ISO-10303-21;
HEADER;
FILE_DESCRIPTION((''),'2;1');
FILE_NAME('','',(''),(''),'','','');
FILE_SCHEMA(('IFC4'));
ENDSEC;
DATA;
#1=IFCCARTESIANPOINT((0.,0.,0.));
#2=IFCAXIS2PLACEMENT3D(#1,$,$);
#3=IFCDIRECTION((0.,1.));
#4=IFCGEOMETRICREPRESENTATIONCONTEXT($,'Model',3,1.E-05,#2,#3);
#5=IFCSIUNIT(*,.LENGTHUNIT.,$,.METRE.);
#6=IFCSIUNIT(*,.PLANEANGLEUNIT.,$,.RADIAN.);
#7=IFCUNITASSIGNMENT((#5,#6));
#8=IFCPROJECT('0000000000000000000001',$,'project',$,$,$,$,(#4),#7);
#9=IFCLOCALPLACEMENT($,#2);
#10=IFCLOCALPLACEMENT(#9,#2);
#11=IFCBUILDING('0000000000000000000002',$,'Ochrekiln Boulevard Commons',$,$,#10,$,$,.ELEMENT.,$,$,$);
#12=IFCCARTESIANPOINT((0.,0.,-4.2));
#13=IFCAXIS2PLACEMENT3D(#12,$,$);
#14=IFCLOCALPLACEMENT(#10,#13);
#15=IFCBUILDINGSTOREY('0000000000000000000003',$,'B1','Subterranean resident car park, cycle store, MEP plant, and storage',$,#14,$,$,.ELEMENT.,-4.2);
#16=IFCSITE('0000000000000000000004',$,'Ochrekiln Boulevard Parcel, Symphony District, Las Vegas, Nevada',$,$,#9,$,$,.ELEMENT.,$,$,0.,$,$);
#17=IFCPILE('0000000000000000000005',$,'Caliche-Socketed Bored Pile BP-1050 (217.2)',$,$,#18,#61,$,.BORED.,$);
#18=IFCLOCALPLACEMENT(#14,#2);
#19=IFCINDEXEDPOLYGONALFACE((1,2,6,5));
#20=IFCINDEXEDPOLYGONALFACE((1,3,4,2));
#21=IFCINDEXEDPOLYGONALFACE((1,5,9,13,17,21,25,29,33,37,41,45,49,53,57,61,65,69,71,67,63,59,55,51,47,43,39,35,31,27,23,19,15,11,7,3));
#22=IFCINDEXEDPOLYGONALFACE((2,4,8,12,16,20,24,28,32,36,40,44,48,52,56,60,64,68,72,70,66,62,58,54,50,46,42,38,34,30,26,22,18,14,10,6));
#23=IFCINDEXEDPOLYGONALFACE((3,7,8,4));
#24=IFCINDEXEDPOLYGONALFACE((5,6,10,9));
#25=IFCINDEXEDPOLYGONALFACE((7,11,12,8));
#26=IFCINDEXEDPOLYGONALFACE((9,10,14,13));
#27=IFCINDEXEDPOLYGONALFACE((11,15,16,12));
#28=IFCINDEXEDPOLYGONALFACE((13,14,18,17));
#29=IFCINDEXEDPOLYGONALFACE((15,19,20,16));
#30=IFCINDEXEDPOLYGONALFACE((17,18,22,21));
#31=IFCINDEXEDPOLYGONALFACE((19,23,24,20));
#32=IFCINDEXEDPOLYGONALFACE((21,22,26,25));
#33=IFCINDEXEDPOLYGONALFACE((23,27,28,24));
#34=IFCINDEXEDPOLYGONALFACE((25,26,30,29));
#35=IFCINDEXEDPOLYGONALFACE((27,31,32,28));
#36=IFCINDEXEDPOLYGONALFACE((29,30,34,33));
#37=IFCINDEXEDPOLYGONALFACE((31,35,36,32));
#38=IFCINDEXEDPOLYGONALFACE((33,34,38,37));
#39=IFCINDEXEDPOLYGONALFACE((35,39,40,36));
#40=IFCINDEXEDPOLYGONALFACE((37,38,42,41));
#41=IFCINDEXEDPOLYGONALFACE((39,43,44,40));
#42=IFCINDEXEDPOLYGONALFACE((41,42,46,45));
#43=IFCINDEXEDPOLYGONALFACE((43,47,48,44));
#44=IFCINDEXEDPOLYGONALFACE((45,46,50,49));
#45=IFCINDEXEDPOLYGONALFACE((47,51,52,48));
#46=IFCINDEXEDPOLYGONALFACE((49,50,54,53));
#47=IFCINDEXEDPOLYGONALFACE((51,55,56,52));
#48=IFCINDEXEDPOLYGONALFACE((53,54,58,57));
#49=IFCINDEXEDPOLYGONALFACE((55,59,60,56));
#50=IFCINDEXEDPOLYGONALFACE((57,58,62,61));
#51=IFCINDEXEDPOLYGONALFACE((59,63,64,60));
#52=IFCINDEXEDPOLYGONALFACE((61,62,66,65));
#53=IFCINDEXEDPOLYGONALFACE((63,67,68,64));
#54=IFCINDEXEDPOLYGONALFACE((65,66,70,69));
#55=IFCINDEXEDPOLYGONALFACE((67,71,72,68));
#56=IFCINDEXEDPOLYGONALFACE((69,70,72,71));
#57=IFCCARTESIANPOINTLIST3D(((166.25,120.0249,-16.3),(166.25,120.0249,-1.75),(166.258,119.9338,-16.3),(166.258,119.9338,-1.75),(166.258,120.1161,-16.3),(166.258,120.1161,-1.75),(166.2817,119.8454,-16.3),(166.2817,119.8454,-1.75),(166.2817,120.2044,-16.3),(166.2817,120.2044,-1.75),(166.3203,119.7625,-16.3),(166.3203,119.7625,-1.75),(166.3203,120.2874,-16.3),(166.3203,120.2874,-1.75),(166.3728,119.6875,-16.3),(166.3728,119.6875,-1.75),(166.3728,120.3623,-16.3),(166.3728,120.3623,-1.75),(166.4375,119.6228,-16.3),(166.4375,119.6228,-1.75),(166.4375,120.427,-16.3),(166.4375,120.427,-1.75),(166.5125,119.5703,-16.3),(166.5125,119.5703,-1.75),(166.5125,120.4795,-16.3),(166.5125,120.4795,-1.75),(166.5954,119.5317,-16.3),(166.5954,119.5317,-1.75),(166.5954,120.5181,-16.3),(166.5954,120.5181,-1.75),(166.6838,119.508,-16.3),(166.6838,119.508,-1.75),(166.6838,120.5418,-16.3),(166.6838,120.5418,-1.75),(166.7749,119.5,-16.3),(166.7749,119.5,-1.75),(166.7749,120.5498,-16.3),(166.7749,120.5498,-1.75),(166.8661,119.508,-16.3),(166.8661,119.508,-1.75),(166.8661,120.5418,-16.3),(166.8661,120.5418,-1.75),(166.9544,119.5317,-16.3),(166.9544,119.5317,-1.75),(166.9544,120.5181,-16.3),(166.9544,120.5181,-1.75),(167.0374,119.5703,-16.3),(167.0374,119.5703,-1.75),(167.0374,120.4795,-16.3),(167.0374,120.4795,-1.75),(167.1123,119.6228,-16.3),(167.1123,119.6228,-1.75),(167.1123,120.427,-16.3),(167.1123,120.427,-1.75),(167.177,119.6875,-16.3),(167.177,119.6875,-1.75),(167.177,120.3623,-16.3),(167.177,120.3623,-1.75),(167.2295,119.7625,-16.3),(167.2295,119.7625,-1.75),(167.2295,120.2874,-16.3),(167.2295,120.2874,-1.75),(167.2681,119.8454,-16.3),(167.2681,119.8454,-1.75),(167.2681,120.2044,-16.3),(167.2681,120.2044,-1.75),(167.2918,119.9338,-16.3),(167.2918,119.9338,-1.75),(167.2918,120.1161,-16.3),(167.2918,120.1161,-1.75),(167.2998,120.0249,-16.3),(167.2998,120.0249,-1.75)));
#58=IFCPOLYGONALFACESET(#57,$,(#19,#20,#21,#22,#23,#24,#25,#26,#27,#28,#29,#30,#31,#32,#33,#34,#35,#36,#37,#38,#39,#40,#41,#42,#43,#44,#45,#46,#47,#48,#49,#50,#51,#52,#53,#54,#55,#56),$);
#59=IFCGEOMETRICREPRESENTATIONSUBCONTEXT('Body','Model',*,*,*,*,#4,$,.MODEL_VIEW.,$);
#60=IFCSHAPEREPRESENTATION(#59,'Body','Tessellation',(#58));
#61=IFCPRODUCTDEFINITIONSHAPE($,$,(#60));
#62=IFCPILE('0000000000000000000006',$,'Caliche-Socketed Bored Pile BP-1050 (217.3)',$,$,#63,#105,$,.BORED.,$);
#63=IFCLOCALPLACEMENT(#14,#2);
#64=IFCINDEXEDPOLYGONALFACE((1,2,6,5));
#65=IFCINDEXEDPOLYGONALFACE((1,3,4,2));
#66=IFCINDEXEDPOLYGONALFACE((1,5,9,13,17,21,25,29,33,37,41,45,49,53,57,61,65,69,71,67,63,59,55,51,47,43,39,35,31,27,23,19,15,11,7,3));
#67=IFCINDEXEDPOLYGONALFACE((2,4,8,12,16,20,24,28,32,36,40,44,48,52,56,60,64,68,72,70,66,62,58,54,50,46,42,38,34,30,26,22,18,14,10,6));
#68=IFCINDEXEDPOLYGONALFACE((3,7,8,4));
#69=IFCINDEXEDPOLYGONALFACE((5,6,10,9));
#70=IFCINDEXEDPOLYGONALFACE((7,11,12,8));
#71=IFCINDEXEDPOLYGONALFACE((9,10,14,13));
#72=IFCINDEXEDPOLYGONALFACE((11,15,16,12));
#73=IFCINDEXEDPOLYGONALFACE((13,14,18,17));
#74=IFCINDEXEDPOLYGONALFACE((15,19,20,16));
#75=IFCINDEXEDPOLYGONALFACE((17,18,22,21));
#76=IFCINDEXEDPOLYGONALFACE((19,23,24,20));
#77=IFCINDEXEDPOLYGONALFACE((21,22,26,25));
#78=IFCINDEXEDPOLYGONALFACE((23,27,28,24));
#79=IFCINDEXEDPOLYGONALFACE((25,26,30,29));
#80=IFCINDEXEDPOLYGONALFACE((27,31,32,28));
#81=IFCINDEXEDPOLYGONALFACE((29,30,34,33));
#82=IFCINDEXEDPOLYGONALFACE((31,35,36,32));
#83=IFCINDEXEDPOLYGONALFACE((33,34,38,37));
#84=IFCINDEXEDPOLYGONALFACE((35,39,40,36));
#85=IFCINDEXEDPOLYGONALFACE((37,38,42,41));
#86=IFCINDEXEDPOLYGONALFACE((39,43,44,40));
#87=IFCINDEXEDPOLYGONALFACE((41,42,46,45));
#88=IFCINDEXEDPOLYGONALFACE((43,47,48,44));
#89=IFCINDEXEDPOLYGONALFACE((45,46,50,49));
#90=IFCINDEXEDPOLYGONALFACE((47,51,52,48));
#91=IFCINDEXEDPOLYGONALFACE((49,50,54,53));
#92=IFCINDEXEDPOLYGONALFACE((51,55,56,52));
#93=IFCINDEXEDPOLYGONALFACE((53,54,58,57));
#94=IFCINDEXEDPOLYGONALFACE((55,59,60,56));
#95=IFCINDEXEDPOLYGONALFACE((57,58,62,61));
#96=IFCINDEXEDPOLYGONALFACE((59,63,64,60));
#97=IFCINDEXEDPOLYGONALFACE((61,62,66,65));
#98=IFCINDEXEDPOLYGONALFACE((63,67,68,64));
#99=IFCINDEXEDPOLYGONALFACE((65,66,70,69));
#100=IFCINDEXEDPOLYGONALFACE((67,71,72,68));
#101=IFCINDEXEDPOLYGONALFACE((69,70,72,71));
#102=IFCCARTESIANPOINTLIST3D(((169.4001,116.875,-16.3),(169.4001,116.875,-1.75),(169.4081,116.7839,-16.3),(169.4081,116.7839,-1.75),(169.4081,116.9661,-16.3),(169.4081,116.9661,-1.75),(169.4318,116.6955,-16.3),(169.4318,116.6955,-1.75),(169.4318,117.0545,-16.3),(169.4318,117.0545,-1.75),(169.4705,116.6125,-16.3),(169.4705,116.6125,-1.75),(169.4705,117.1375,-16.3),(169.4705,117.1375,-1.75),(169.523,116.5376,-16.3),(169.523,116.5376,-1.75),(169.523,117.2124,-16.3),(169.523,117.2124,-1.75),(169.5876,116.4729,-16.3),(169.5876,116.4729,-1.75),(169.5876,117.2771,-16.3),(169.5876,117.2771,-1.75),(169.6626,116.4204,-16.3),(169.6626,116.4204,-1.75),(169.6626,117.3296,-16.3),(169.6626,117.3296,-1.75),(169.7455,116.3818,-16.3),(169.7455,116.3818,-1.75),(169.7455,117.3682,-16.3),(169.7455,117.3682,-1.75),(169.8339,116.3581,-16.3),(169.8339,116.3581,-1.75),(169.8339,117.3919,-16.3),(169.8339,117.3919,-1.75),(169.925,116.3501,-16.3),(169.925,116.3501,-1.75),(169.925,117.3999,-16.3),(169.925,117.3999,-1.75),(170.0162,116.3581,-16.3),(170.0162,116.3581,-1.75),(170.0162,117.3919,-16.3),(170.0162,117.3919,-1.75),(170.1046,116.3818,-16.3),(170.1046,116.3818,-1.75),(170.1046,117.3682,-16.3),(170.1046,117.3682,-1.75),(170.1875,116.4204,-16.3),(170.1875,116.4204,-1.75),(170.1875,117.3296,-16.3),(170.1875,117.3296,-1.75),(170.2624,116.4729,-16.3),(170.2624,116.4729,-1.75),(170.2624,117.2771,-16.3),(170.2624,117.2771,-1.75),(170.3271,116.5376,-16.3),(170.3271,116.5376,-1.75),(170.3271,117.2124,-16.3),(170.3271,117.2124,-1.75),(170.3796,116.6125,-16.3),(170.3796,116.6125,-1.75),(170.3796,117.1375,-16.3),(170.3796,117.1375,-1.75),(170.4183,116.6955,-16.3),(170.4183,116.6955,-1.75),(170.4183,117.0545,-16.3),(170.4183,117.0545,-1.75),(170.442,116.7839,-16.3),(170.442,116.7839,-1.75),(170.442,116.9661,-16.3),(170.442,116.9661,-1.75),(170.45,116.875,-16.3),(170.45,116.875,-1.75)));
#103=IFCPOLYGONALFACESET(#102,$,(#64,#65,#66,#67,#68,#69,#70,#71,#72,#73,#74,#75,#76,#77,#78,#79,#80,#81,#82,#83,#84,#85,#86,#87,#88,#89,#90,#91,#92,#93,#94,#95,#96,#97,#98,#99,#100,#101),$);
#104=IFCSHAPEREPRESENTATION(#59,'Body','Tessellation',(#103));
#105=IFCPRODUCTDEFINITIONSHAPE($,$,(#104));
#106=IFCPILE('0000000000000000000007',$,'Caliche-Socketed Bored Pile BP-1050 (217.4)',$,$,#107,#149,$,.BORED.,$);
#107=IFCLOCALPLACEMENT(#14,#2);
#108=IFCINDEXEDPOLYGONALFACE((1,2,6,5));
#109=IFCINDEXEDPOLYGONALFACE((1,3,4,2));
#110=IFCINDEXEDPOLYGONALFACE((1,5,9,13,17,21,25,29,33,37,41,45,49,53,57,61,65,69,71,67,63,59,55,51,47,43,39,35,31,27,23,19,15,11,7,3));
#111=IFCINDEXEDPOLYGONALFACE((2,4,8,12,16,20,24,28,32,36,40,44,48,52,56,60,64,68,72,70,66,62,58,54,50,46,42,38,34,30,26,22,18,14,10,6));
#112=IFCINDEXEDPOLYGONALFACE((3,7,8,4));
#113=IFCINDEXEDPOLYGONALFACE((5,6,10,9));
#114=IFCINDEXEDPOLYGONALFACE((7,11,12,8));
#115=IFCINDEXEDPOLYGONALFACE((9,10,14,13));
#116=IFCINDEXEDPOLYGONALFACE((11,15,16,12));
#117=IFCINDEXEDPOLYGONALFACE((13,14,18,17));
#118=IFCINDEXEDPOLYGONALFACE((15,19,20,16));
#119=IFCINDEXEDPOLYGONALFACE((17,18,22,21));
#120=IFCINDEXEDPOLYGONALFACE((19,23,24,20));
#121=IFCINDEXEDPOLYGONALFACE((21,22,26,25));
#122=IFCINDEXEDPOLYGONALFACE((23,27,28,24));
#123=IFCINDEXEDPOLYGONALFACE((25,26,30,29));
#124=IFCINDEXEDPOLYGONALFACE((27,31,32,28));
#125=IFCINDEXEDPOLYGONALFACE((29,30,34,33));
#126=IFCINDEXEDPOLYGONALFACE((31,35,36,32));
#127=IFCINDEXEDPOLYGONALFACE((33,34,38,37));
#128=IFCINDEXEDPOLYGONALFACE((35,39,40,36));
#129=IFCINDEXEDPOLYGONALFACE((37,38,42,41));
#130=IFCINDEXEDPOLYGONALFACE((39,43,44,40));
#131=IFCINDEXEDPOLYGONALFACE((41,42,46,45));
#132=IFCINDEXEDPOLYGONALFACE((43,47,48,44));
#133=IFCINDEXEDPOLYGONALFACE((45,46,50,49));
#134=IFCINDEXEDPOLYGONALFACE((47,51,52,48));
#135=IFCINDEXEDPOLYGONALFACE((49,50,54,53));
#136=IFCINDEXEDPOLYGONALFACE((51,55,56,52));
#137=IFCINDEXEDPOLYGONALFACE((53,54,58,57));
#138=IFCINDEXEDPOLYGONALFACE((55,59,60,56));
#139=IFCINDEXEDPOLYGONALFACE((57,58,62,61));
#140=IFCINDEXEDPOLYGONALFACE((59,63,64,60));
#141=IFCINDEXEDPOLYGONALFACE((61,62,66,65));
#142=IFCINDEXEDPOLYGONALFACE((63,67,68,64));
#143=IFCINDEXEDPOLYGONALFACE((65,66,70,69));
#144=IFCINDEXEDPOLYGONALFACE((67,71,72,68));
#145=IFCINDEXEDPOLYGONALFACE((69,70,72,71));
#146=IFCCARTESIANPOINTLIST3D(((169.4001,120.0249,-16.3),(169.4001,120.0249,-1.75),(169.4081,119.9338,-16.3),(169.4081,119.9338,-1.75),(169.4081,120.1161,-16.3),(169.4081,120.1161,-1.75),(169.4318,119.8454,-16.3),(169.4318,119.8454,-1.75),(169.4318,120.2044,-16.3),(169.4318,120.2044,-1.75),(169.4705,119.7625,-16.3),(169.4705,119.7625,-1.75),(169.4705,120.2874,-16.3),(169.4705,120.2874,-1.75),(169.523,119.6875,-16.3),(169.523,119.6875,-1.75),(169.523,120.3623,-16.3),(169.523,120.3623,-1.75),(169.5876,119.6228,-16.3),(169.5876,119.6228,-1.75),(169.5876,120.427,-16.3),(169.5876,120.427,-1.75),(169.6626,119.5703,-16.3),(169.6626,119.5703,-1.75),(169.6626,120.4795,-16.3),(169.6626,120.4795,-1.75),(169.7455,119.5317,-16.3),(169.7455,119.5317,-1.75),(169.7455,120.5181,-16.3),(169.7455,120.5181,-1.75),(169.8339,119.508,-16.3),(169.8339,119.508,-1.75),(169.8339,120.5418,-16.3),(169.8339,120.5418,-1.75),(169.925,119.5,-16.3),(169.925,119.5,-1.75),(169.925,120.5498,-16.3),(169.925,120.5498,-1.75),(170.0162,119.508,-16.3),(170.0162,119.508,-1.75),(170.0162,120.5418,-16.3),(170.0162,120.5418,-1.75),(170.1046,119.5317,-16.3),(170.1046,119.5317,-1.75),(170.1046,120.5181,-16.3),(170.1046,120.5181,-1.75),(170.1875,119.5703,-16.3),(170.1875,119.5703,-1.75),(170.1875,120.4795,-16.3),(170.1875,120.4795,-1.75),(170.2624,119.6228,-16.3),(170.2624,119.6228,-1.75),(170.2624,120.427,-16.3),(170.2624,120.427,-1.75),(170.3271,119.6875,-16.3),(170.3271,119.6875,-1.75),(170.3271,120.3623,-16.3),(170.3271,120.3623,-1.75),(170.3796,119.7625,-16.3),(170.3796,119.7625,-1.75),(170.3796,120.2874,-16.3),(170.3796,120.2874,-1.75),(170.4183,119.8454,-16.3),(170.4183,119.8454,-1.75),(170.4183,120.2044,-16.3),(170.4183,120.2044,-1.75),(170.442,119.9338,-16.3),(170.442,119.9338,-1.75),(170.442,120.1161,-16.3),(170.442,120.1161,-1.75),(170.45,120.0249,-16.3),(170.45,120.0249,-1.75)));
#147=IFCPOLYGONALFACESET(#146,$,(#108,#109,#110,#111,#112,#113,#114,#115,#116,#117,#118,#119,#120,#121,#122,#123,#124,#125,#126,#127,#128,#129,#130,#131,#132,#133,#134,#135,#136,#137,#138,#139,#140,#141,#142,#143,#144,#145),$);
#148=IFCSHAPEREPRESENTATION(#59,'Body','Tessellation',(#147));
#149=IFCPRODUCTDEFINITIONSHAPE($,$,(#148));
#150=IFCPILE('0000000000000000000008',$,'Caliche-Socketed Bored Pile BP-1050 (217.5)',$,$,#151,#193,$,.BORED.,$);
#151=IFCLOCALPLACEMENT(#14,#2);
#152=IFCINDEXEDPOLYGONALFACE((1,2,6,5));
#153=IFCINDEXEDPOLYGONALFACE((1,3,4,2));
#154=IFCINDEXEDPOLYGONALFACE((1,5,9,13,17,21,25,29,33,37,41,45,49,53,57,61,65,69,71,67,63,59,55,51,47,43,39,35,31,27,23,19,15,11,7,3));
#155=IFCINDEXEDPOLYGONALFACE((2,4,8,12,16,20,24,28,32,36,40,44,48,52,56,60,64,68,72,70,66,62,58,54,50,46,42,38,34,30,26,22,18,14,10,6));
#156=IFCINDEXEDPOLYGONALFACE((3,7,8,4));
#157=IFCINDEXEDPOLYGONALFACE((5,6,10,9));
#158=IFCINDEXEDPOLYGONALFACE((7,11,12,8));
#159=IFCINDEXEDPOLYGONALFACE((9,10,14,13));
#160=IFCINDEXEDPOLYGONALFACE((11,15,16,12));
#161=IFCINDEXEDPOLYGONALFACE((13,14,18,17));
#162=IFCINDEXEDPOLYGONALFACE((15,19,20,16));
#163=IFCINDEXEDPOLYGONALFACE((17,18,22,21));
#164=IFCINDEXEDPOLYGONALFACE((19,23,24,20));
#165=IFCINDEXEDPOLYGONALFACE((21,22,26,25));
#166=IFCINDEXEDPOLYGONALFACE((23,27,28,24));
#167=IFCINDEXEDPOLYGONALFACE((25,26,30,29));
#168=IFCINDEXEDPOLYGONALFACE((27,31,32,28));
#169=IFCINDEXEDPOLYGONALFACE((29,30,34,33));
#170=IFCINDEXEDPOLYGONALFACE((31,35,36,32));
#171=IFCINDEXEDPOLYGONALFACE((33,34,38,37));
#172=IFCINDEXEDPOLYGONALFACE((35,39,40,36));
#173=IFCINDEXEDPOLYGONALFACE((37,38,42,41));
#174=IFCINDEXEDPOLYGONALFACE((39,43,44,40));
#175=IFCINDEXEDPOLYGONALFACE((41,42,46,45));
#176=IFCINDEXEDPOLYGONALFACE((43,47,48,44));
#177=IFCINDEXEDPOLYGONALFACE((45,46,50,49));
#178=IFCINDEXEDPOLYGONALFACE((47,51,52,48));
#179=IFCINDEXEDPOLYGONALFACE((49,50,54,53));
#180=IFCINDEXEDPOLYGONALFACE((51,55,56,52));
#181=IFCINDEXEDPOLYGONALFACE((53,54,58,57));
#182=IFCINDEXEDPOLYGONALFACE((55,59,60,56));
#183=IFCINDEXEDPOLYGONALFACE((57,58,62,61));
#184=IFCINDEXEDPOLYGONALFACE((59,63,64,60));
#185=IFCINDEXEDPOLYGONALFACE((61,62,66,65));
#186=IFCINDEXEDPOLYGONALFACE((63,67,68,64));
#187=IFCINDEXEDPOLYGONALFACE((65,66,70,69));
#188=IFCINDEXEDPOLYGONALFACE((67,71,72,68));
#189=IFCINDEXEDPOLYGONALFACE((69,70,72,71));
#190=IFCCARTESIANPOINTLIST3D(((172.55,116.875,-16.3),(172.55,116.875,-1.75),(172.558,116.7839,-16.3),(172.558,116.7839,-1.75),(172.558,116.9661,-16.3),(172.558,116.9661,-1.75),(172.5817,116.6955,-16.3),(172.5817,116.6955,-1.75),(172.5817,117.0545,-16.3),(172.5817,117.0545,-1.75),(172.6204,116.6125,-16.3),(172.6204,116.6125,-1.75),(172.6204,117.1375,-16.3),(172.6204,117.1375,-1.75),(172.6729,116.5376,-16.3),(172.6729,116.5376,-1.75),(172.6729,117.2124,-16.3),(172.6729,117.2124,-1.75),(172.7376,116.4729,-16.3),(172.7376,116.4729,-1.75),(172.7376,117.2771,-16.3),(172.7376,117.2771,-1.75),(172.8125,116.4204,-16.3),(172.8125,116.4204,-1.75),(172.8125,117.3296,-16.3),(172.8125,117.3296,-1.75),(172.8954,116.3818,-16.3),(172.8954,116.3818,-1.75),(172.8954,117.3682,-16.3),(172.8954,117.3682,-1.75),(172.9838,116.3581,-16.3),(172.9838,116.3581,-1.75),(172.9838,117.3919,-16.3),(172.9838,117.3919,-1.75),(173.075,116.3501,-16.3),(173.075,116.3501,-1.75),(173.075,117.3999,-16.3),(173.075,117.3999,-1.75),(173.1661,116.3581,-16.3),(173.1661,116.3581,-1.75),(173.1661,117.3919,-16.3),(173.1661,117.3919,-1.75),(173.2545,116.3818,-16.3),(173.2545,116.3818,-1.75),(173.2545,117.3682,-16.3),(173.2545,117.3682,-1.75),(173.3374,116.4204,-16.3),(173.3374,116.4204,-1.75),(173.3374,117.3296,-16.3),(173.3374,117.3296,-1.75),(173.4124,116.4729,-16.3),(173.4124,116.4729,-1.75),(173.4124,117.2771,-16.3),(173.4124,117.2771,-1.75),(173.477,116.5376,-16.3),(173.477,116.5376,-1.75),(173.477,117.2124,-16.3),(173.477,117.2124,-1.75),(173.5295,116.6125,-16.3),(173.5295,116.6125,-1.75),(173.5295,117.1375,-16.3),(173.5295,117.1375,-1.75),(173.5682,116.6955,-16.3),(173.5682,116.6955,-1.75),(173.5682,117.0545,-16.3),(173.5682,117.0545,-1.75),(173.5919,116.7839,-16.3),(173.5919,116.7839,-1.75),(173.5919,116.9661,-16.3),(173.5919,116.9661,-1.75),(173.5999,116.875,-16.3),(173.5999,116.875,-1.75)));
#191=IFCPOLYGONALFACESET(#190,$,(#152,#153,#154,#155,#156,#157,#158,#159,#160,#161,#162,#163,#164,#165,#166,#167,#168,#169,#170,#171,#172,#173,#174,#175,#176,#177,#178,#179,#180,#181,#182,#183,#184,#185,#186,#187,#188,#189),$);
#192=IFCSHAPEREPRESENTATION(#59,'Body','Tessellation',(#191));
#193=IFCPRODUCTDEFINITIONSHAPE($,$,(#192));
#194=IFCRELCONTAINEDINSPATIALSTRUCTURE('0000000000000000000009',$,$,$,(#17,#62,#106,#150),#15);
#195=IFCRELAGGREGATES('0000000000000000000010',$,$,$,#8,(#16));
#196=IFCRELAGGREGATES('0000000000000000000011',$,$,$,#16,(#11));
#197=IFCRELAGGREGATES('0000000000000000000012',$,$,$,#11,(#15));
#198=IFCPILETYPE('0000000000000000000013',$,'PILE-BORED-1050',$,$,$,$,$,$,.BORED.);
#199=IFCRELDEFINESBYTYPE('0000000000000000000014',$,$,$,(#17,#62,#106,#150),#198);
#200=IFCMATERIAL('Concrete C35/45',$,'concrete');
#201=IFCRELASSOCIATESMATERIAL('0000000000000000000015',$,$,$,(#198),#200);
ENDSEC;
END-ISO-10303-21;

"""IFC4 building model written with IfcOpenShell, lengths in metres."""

from ifc_helpers import new_model, si_unit, direction, frame, origin, origin_2d, place, context, subcontext, project, spatial, circle, extrude, material, material_profile, profile_set, type_object, element, save


model = new_model("IFC4")

# Units and contexts
model_context = context("Model", 3, precision=1e-05, world=origin(), true_north=direction((0.0, 1.0)))
body_context = subcontext(model_context, "Body", "Model", "MODEL_VIEW")
ifc_project = project(units=[si_unit("LENGTHUNIT", "METRE"), si_unit("PLANEANGLEUNIT", "RADIAN")], contexts=[model_context])

# Site, building, storey
site_placement = place(None, origin())
site = spatial("IfcSite", under=ifc_project, at=site_placement, Name="Ochrekiln Boulevard Parcel, Symphony District, Las Vegas, Nevada", CompositionType="ELEMENT", RefElevation=0.0)
building_placement = place(site_placement, origin())
building = spatial("IfcBuilding", under=site, at=building_placement, Name="Ochrekiln Boulevard Commons", CompositionType="ELEMENT")
storey_placement = place(building_placement, frame((0.0, 0.0, -4.2)))
storey = spatial("IfcBuildingStorey", under=building, at=storey_placement, Name="B1", Description="Subterranean resident car park, cycle store, MEP plant, and storage", CompositionType="ELEMENT", Elevation=-4.2)

# Shared definitions
ifc_material_1 = material(Name="Concrete C35/45", Category="concrete")

# Piles
ifc_material_profile_1 = material_profile(ifc_material_1, circle(Radius=0.5249, at=origin_2d()), Name="PILE-D1050")
ifc_profile_set_1 = profile_set([ifc_material_profile_1], Name="Concrete C35/45")
pile_type = type_object("IfcPileType", Name="PILE-BORED-1050", PredefinedType="BORED", material=ifc_profile_set_1)
for number, where, z_axis, x_axis, name in (
    (1, (166.7749, 120.0249, -1.75), (0.0, 0.0, -1.0), (1.0, 0.0, 0.0), "Caliche-Socketed Bored Pile BP-1050 (217.2)"),
    (2, (169.925, 116.875, -1.75), (0.0, 0.0, -1.0), (1.0, 0.0, 0.0), "Caliche-Socketed Bored Pile BP-1050 (217.3)"),
    (3, (169.925, 120.0249, -1.75), (0.0, 0.0, -1.0), (1.0, 0.0, 0.0), "Caliche-Socketed Bored Pile BP-1050 (217.4)"),
    (4, (173.075, 116.875, -1.75), (0.0, 0.0, -1.0), (1.0, 0.0, 0.0), "Caliche-Socketed Bored Pile BP-1050 (217.5)"),
):
    element("IfcPile", number, at=place(storey_placement, frame(where, z_axis=z_axis, x_axis=x_axis)), inside=storey, type_object=pile_type, Name=name, PredefinedType="BORED", context=body_context, shape_type="SweptSolid", body=[
        extrude(circle(Radius=0.5249, at=origin_2d()), origin(), (0.0, 0.0, 1.0), 14.55),
    ])

save(model, "model.ifc")
